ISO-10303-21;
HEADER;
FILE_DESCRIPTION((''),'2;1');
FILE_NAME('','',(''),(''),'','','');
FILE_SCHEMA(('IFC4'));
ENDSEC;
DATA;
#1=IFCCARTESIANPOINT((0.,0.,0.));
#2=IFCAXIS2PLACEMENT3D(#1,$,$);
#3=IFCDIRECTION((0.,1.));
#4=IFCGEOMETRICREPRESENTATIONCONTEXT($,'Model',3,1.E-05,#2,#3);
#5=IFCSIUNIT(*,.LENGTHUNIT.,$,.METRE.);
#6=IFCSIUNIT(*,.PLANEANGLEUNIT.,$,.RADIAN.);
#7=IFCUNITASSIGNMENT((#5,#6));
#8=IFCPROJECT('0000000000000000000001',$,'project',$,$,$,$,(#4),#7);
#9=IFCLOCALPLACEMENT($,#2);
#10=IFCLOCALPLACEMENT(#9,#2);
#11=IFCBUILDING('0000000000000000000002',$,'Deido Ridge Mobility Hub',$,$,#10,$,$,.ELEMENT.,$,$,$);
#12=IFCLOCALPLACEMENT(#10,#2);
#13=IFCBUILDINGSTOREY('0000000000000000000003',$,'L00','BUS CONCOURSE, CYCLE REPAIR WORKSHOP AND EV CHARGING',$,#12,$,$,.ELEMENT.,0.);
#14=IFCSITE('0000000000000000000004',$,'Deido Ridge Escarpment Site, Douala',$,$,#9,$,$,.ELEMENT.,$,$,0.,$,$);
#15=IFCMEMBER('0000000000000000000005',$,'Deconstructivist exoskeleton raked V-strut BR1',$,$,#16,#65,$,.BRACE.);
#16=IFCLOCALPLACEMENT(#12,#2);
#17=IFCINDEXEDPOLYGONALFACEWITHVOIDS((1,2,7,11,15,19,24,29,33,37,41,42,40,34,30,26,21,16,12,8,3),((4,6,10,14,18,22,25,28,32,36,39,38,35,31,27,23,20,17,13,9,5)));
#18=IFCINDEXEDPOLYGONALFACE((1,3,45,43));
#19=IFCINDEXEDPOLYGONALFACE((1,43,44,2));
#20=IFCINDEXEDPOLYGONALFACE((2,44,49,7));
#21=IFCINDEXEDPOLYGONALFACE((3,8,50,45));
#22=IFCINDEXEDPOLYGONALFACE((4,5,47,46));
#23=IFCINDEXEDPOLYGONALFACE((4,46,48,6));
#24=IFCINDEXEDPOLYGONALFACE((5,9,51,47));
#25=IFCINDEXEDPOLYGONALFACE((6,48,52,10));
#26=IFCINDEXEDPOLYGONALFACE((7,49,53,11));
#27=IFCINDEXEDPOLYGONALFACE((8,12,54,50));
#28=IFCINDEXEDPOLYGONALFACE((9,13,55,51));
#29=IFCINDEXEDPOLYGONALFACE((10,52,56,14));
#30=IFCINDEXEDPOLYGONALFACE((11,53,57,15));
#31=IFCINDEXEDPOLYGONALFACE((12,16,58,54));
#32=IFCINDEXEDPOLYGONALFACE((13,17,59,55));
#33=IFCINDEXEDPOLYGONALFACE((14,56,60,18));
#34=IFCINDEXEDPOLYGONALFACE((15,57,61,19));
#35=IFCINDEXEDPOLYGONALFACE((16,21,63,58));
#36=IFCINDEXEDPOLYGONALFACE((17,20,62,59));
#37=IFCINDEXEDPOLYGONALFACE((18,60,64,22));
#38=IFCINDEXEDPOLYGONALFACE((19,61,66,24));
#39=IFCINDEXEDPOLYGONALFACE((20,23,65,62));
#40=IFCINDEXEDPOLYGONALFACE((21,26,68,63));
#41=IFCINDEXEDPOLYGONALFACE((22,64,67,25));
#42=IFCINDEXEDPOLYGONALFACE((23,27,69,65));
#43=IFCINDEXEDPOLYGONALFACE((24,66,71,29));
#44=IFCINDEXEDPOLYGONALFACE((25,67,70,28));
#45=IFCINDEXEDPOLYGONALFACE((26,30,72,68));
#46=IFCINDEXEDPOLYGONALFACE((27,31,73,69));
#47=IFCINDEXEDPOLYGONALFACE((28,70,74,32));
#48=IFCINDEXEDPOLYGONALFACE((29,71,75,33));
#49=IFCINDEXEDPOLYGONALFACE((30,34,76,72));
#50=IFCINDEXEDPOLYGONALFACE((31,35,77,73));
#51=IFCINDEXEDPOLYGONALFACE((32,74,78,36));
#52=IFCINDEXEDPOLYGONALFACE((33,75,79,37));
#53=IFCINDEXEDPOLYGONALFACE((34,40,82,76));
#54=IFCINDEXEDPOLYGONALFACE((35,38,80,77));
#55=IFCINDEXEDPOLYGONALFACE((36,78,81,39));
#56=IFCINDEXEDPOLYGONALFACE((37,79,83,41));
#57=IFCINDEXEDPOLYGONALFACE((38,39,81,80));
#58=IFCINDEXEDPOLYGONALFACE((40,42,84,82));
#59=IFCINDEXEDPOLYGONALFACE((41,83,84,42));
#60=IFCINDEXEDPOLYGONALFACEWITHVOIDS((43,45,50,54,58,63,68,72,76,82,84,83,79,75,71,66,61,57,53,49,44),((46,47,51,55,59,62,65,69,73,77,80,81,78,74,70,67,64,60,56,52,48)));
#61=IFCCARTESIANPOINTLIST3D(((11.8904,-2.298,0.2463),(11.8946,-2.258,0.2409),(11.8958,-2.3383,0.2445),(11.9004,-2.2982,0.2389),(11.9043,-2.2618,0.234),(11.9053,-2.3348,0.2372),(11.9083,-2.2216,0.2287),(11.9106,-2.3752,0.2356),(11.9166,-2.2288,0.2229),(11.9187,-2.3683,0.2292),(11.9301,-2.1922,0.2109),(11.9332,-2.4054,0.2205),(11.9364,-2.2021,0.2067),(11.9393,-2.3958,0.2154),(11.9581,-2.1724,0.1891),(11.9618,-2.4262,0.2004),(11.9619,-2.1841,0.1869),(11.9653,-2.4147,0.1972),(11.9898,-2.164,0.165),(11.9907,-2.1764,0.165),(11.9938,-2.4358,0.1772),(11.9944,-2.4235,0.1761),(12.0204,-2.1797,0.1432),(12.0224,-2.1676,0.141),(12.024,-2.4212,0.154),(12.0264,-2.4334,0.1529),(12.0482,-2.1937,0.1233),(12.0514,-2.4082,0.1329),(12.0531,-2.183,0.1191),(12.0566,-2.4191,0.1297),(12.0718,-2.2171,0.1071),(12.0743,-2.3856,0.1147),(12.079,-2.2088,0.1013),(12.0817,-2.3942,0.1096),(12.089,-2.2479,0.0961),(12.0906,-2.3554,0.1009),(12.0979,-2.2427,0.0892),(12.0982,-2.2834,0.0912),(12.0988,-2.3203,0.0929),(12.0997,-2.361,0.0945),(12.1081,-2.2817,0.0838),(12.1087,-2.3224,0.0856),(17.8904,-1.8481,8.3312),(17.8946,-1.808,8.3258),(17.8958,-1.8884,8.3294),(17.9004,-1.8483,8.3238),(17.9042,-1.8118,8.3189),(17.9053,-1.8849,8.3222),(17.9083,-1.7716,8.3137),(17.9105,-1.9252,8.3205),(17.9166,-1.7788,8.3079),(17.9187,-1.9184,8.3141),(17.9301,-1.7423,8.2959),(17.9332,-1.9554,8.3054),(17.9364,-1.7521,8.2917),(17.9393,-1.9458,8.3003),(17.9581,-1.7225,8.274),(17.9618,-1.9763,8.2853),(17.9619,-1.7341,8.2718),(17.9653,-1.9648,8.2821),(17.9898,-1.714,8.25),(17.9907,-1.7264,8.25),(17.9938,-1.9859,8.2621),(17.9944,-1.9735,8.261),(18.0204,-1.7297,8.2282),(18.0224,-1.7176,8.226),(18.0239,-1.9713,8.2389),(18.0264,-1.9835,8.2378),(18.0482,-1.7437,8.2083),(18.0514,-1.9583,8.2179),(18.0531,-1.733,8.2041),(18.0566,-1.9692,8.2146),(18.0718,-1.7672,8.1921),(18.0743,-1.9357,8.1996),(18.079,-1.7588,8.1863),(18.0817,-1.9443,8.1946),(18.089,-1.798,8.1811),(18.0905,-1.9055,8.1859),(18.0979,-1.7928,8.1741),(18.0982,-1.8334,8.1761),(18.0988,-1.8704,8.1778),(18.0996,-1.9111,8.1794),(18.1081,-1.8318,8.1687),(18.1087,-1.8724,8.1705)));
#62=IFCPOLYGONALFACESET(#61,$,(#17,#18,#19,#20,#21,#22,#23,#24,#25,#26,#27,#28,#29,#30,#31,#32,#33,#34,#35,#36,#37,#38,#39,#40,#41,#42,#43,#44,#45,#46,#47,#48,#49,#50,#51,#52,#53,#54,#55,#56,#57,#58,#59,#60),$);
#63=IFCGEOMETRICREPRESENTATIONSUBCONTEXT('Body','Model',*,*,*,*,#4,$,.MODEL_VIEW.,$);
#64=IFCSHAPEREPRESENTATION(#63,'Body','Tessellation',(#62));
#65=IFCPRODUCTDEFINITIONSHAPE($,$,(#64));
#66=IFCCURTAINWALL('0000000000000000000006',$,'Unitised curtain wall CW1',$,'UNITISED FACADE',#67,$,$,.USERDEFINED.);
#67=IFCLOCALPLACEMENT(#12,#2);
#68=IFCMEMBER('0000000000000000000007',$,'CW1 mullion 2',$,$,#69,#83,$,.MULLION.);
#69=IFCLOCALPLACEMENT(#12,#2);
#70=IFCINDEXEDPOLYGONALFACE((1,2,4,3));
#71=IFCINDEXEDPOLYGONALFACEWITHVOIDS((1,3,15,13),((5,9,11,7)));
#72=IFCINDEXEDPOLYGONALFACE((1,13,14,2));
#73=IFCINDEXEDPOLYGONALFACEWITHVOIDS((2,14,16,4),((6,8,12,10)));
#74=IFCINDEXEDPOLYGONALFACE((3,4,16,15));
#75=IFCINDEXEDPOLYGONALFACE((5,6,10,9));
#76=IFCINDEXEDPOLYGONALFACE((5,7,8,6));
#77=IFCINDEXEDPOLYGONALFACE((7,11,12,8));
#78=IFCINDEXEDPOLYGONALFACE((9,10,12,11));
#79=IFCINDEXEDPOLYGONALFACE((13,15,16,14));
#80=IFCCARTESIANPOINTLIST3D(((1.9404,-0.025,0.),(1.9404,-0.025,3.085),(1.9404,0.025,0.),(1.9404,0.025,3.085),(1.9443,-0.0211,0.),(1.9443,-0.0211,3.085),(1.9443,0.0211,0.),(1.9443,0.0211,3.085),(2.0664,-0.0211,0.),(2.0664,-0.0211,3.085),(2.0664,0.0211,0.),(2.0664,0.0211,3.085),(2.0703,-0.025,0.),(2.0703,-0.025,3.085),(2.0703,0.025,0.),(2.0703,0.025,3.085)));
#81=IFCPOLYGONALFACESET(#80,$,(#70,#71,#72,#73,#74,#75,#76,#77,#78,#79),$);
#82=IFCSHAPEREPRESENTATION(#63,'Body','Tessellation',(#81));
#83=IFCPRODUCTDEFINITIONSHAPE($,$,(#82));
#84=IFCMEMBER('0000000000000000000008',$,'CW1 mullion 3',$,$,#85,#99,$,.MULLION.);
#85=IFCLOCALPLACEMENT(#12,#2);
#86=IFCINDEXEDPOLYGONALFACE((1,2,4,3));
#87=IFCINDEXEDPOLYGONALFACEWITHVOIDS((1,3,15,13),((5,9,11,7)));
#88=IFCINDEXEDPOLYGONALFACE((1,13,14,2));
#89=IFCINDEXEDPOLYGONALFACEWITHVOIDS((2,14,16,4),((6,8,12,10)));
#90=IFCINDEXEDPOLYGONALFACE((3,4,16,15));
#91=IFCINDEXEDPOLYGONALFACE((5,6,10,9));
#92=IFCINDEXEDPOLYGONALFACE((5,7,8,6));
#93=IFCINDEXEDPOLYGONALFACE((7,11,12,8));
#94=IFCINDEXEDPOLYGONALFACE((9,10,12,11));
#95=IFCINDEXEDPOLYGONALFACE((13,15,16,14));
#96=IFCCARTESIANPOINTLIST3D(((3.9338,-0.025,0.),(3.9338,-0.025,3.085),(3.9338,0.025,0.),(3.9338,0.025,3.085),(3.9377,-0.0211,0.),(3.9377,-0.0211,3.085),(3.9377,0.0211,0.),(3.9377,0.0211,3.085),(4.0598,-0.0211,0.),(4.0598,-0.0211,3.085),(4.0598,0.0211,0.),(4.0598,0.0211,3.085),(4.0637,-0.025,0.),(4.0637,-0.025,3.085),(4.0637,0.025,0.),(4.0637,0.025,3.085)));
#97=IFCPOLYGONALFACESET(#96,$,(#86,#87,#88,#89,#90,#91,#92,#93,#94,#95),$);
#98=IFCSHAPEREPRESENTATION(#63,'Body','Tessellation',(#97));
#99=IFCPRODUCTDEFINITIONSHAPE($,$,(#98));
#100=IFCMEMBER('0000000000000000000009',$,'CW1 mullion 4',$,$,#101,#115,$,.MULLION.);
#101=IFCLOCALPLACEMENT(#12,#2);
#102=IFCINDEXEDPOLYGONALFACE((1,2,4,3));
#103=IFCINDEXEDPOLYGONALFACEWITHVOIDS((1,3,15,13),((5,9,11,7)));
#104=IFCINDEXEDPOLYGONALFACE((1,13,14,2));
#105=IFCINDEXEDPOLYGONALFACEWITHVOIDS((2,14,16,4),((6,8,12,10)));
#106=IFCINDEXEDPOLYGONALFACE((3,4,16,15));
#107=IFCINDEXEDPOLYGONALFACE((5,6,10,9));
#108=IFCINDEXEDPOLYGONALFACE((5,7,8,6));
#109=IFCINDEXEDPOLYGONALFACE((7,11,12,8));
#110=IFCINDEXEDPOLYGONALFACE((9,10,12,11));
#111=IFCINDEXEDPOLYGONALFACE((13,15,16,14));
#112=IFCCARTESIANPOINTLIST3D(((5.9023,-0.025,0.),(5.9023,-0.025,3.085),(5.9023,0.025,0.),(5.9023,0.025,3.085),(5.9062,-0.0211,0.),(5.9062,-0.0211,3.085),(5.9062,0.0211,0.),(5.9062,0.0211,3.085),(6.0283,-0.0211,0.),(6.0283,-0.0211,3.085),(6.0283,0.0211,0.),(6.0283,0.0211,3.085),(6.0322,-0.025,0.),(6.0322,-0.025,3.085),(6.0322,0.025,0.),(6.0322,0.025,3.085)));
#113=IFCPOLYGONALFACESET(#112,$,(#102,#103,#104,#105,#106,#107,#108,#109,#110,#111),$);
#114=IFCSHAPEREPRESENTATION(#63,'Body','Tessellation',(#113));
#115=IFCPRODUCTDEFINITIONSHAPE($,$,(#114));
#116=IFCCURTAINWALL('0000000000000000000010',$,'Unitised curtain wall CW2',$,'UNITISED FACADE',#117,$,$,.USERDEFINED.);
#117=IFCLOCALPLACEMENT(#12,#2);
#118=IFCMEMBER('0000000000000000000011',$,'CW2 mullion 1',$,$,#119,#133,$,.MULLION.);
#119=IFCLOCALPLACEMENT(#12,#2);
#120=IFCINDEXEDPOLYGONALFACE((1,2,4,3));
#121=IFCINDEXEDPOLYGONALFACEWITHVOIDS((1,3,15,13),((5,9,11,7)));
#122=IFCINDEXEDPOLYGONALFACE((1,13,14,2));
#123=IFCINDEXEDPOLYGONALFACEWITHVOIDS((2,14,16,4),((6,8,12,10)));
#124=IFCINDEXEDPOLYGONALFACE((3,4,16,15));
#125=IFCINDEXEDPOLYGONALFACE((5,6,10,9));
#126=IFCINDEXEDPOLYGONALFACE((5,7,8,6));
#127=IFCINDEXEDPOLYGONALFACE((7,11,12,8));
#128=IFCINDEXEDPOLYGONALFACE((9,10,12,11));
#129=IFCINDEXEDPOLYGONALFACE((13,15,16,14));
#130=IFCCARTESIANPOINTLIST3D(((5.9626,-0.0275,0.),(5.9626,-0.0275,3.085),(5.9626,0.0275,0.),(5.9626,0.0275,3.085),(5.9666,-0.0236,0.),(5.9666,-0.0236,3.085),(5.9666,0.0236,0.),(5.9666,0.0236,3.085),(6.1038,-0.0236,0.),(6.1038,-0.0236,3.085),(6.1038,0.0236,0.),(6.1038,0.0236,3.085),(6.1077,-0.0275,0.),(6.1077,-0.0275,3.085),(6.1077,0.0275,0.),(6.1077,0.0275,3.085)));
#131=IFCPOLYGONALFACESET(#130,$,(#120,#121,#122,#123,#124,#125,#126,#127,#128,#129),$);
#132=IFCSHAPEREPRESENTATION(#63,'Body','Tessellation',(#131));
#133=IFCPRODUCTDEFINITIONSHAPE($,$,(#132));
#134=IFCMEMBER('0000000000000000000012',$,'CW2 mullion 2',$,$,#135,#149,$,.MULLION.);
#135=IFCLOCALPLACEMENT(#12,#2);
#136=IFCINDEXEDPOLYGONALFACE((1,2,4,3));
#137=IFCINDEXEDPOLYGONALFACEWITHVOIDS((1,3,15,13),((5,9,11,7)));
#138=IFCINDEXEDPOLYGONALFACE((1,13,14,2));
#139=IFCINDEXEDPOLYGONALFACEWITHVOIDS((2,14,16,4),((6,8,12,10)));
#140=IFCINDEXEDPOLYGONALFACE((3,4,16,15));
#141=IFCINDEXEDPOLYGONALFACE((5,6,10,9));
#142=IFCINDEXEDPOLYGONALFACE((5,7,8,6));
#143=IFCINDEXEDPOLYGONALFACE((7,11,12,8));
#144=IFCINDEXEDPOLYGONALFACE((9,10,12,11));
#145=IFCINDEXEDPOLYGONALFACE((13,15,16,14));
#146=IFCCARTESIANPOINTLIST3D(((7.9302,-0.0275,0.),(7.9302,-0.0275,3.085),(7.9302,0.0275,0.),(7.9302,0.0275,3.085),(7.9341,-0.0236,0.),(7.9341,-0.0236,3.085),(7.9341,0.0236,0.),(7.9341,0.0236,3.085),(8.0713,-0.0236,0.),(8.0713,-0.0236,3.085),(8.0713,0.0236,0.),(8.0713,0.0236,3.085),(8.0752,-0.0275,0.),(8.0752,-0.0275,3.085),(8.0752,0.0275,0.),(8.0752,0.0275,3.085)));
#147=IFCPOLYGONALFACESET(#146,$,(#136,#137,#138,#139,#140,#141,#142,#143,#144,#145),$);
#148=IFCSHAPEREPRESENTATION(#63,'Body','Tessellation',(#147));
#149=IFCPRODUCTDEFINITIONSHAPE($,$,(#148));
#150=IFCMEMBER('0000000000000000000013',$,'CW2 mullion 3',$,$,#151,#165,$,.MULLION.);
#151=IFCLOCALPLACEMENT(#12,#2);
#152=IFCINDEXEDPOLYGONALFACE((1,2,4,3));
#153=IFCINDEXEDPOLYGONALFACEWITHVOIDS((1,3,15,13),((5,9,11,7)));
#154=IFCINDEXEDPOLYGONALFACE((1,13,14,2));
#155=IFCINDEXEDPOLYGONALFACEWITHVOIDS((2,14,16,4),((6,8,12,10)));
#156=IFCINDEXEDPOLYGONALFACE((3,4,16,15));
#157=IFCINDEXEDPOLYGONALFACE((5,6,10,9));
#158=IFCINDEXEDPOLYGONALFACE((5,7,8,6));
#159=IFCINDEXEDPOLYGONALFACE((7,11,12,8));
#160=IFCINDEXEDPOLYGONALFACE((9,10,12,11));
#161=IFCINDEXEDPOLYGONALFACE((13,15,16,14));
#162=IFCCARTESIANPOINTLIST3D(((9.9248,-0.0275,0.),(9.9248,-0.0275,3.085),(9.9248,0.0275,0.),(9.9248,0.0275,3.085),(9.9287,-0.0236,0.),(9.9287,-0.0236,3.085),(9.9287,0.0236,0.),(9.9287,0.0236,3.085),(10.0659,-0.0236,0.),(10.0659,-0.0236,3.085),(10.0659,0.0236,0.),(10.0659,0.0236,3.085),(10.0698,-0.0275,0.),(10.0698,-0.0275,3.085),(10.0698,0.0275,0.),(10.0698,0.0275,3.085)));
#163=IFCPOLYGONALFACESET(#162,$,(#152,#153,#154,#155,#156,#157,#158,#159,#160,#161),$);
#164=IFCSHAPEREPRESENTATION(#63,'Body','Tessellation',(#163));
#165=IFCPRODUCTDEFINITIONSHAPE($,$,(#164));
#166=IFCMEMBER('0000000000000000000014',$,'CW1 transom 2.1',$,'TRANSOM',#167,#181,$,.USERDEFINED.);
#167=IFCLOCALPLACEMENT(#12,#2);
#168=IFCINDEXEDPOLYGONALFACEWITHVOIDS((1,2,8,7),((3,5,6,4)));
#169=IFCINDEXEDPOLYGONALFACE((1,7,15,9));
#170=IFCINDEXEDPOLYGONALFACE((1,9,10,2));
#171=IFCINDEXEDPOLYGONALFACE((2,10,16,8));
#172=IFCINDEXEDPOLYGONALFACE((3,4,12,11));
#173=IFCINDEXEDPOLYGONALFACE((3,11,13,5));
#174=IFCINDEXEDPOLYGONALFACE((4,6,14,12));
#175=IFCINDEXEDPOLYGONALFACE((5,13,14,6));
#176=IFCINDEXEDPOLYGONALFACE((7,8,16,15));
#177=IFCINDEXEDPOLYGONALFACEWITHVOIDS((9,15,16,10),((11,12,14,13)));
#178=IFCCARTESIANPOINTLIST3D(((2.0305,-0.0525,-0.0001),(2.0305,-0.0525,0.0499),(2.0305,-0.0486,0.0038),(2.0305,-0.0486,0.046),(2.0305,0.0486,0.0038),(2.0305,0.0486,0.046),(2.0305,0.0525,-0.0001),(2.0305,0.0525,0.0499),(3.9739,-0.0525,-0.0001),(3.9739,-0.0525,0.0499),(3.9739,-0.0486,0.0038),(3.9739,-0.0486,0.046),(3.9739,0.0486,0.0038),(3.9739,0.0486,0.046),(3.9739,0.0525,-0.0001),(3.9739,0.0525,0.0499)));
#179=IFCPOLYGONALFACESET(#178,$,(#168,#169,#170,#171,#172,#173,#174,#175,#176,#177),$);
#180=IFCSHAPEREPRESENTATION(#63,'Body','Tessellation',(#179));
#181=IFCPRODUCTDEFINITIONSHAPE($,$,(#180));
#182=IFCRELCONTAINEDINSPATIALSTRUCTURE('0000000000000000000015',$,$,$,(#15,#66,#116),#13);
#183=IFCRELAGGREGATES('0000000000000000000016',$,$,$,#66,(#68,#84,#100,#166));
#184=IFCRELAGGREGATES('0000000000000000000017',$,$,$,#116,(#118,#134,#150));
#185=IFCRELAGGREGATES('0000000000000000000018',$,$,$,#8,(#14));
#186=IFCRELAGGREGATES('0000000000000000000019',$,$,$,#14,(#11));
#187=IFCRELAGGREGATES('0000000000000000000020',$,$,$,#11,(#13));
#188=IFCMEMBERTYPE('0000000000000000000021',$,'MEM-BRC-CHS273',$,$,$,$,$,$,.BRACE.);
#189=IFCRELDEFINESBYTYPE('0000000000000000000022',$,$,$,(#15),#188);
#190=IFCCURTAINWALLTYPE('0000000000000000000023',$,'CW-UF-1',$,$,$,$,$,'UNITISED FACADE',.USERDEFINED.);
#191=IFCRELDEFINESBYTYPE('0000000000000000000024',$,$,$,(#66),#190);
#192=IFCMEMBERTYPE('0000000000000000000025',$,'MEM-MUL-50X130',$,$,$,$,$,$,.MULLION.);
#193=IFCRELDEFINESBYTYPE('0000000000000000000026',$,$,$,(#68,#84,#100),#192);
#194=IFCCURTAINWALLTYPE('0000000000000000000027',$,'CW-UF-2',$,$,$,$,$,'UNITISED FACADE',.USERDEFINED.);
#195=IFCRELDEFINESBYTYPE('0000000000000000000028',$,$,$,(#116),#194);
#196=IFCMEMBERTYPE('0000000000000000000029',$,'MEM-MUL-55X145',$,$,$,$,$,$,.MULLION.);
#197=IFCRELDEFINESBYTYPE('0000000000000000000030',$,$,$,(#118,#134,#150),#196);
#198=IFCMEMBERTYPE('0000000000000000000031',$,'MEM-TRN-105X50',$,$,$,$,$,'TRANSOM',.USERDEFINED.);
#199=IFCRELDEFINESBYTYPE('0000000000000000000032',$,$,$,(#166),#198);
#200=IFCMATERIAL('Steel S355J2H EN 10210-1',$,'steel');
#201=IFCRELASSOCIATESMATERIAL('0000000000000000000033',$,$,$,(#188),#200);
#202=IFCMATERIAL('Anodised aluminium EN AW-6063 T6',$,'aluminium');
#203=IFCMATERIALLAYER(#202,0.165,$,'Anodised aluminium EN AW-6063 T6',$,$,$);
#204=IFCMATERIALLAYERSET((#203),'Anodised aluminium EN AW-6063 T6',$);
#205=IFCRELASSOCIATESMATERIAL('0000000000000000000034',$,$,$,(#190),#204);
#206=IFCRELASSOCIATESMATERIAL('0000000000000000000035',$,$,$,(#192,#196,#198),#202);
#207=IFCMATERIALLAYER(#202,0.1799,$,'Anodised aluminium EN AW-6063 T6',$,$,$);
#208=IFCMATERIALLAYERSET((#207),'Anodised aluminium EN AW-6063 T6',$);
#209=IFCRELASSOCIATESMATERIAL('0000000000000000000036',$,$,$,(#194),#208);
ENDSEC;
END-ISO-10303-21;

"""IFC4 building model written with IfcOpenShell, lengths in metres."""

from ifc_helpers import new_model, si_unit, direction, frame, origin, origin_2d, place, context, subcontext, project, spatial, hollow_rectangle, hollow_circle, extrude, material, layer, layer_set, material_profile, profile_set, type_object, element, aggregate, save


model = new_model("IFC4")

# Units and contexts
model_context = context("Model", 3, precision=1e-05, world=origin(), true_north=direction((0.0, 1.0)))
body_context = subcontext(model_context, "Body", "Model", "MODEL_VIEW")
ifc_project = project(units=[si_unit("LENGTHUNIT", "METRE"), si_unit("PLANEANGLEUNIT", "RADIAN")], contexts=[model_context])

# Site, building, storey
site_placement = place(None, origin())
site = spatial("IfcSite", under=ifc_project, at=site_placement, Name="Deido Ridge Escarpment Site, Douala", CompositionType="ELEMENT", RefElevation=0.0)
building_placement = place(site_placement, origin())
building = spatial("IfcBuilding", under=site, at=building_placement, Name="Deido Ridge Mobility Hub", CompositionType="ELEMENT")
storey_placement = place(building_placement, origin())
storey = spatial("IfcBuildingStorey", under=building, at=storey_placement, Name="L00", Description="BUS CONCOURSE, CYCLE REPAIR WORKSHOP AND EV CHARGING", CompositionType="ELEMENT", Elevation=0.0)

# Member
ifc_material_1 = material(Name="Steel S355J2H EN 10210-1", Category="steel")
ifc_material_profile_1 = material_profile(ifc_material_1, hollow_circle(Radius=0.1365, WallThickness=0.0125, at=origin_2d()), Name="CHS 273x12.5")
ifc_profile_set_1 = profile_set([ifc_material_profile_1], Name="Steel S355J2H EN 10210-1")
member_type_1 = type_object("IfcMemberType", Name="MEM-BRC-CHS273", PredefinedType="BRACE", material=ifc_profile_set_1)
for number, where, z_axis, x_axis, name in (
    (1, (12.0, -2.3, 0.165), (0.595348, 0.044646, 0.802227), (-0.074782, 0.9972, 0.0), "Deconstructivist exoskeleton raked V-strut BR1"),
):
    element("IfcMember", number, at=place(storey_placement, frame(where, z_axis=z_axis, x_axis=x_axis)), inside=storey, type_object=member_type_1, Name=name, PredefinedType="BRACE", context=body_context, shape_type="SweptSolid", body=[
        extrude(hollow_circle(Radius=0.1365, WallThickness=0.0125, at=origin_2d()), origin(), (0.0, 0.0, 1.0), 10.0781),
    ])

# Curtain walls, members
ifc_material_2 = material(Name="Anodised aluminium EN AW-6063 T6", Category="aluminium")
ifc_layer_1 = layer(ifc_material_2, 0.165, Name="Anodised aluminium EN AW-6063 T6")
ifc_layer_set_1 = layer_set([ifc_layer_1], Name="Anodised aluminium EN AW-6063 T6")
curtain_wall_type_1 = type_object("IfcCurtainWallType", Name="CW-UF-1", ElementType="UNITISED FACADE", PredefinedType="USERDEFINED", material=ifc_layer_set_1)
curtain_wall_1_placement = place(storey_placement, origin())
curtain_wall_1 = element("IfcCurtainWall", 2, at=curtain_wall_1_placement, inside=storey, type_object=curtain_wall_type_1, Name="Unitised curtain wall CW1", ObjectType="UNITISED FACADE", PredefinedType="USERDEFINED")
ifc_material_profile_2 = material_profile(ifc_material_2, hollow_rectangle(XDim=0.05, YDim=0.1299, WallThickness=0.0039, at=origin_2d()), Name="RHS 50x130x4")
ifc_profile_set_2 = profile_set([ifc_material_profile_2], Name="Anodised aluminium EN AW-6063 T6")
member_type_2 = type_object("IfcMemberType", Name="MEM-MUL-50X130", PredefinedType="MULLION", material=ifc_profile_set_2)
member_1_placement = place(storey_placement, frame((2.0054, 0.0, 0.0), z_axis=(0.0, 0.0, 1.0), x_axis=(0.0, 1.0, 0.0)))
member_1 = element("IfcMember", 3, at=member_1_placement, type_object=member_type_2, Name="CW1 mullion 2", PredefinedType="MULLION", context=body_context, shape_type="SweptSolid", body=[
    extrude(hollow_rectangle(XDim=0.05, YDim=0.1299, WallThickness=0.0039, at=origin_2d()), origin(), (0.0, 0.0, 1.0), 3.085),
])
member_2_placement = place(storey_placement, frame((3.9988, 0.0, 0.0), z_axis=(0.0, 0.0, 1.0), x_axis=(0.0, 1.0, 0.0)))
member_2 = element("IfcMember", 4, at=member_2_placement, type_object=member_type_2, Name="CW1 mullion 3", PredefinedType="MULLION", context=body_context, shape_type="SweptSolid", body=[
    extrude(hollow_rectangle(XDim=0.05, YDim=0.1299, WallThickness=0.0039, at=origin_2d()), origin(), (0.0, 0.0, 1.0), 3.085),
])
member_3_placement = place(storey_placement, frame((5.9673, 0.0, 0.0), z_axis=(0.0, 0.0, 1.0), x_axis=(0.0, 1.0, 0.0)))
member_3 = element("IfcMember", 5, at=member_3_placement, type_object=member_type_2, Name="CW1 mullion 4", PredefinedType="MULLION", context=body_context, shape_type="SweptSolid", body=[
    extrude(hollow_rectangle(XDim=0.05, YDim=0.1299, WallThickness=0.0039, at=origin_2d()), origin(), (0.0, 0.0, 1.0), 3.085),
])
ifc_layer_2 = layer(ifc_material_2, 0.1799, Name="Anodised aluminium EN AW-6063 T6")
ifc_layer_set_2 = layer_set([ifc_layer_2], Name="Anodised aluminium EN AW-6063 T6")
curtain_wall_type_2 = type_object("IfcCurtainWallType", Name="CW-UF-2", ElementType="UNITISED FACADE", PredefinedType="USERDEFINED", material=ifc_layer_set_2)
curtain_wall_2_placement = place(storey_placement, origin())
curtain_wall_2 = element("IfcCurtainWall", 6, at=curtain_wall_2_placement, inside=storey, type_object=curtain_wall_type_2, Name="Unitised curtain wall CW2", ObjectType="UNITISED FACADE", PredefinedType="USERDEFINED")
ifc_material_profile_3 = material_profile(ifc_material_2, hollow_rectangle(XDim=0.0549, YDim=0.145, WallThickness=0.0039, at=origin_2d()), Name="RHS 55x145x4")
ifc_profile_set_3 = profile_set([ifc_material_profile_3], Name="Anodised aluminium EN AW-6063 T6")
member_type_3 = type_object("IfcMemberType", Name="MEM-MUL-55X145", PredefinedType="MULLION", material=ifc_profile_set_3)
member_4_placement = place(storey_placement, frame((6.0352, 0.0, 0.0), z_axis=(0.0, 0.0, 1.0), x_axis=(0.0, 1.0, 0.0)))
member_4 = element("IfcMember", 7, at=member_4_placement, type_object=member_type_3, Name="CW2 mullion 1", PredefinedType="MULLION", context=body_context, shape_type="SweptSolid", body=[
    extrude(hollow_rectangle(XDim=0.0549, YDim=0.145, WallThickness=0.0039, at=origin_2d()), origin(), (0.0, 0.0, 1.0), 3.085),
])
member_5_placement = place(storey_placement, frame((8.0027, 0.0, 0.0), z_axis=(0.0, 0.0, 1.0), x_axis=(0.0, 1.0, 0.0)))
member_5 = element("IfcMember", 8, at=member_5_placement, type_object=member_type_3, Name="CW2 mullion 2", PredefinedType="MULLION", context=body_context, shape_type="SweptSolid", body=[
    extrude(hollow_rectangle(XDim=0.0549, YDim=0.145, WallThickness=0.0039, at=origin_2d()), origin(), (0.0, 0.0, 1.0), 3.085),
])
member_6_placement = place(storey_placement, frame((9.9973, 0.0, 0.0), z_axis=(0.0, 0.0, 1.0), x_axis=(0.0, 1.0, 0.0)))
member_6 = element("IfcMember", 9, at=member_6_placement, type_object=member_type_3, Name="CW2 mullion 3", PredefinedType="MULLION", context=body_context, shape_type="SweptSolid", body=[
    extrude(hollow_rectangle(XDim=0.0549, YDim=0.145, WallThickness=0.0039, at=origin_2d()), origin(), (0.0, 0.0, 1.0), 3.085),
])

# Member
ifc_material_profile_4 = material_profile(ifc_material_2, hollow_rectangle(XDim=0.105, YDim=0.05, WallThickness=0.0039, at=origin_2d()), Name="RHS 105x50x4")
ifc_profile_set_4 = profile_set([ifc_material_profile_4], Name="Anodised aluminium EN AW-6063 T6")
member_type_4 = type_object("IfcMemberType", Name="MEM-TRN-105X50", ElementType="TRANSOM", PredefinedType="USERDEFINED", material=ifc_profile_set_4)
member_7_placement = place(storey_placement, frame((2.0305, 0.0, 0.0249), z_axis=(1.0, 0.0, 0.0), x_axis=(0.0, 1.0, 0.0)))
member_7 = element("IfcMember", 10, at=member_7_placement, type_object=member_type_4, Name="CW1 transom 2.1", ObjectType="TRANSOM", PredefinedType="USERDEFINED", context=body_context, shape_type="SweptSolid", body=[
    extrude(hollow_rectangle(XDim=0.105, YDim=0.05, WallThickness=0.0039, at=origin_2d()), origin(), (0.0, 0.0, 1.0), 1.9434),
])

aggregate(curtain_wall_1, [member_1, member_2, member_3, member_7])
aggregate(curtain_wall_2, [member_4, member_5, member_6])

save(model, "model.ifc")
